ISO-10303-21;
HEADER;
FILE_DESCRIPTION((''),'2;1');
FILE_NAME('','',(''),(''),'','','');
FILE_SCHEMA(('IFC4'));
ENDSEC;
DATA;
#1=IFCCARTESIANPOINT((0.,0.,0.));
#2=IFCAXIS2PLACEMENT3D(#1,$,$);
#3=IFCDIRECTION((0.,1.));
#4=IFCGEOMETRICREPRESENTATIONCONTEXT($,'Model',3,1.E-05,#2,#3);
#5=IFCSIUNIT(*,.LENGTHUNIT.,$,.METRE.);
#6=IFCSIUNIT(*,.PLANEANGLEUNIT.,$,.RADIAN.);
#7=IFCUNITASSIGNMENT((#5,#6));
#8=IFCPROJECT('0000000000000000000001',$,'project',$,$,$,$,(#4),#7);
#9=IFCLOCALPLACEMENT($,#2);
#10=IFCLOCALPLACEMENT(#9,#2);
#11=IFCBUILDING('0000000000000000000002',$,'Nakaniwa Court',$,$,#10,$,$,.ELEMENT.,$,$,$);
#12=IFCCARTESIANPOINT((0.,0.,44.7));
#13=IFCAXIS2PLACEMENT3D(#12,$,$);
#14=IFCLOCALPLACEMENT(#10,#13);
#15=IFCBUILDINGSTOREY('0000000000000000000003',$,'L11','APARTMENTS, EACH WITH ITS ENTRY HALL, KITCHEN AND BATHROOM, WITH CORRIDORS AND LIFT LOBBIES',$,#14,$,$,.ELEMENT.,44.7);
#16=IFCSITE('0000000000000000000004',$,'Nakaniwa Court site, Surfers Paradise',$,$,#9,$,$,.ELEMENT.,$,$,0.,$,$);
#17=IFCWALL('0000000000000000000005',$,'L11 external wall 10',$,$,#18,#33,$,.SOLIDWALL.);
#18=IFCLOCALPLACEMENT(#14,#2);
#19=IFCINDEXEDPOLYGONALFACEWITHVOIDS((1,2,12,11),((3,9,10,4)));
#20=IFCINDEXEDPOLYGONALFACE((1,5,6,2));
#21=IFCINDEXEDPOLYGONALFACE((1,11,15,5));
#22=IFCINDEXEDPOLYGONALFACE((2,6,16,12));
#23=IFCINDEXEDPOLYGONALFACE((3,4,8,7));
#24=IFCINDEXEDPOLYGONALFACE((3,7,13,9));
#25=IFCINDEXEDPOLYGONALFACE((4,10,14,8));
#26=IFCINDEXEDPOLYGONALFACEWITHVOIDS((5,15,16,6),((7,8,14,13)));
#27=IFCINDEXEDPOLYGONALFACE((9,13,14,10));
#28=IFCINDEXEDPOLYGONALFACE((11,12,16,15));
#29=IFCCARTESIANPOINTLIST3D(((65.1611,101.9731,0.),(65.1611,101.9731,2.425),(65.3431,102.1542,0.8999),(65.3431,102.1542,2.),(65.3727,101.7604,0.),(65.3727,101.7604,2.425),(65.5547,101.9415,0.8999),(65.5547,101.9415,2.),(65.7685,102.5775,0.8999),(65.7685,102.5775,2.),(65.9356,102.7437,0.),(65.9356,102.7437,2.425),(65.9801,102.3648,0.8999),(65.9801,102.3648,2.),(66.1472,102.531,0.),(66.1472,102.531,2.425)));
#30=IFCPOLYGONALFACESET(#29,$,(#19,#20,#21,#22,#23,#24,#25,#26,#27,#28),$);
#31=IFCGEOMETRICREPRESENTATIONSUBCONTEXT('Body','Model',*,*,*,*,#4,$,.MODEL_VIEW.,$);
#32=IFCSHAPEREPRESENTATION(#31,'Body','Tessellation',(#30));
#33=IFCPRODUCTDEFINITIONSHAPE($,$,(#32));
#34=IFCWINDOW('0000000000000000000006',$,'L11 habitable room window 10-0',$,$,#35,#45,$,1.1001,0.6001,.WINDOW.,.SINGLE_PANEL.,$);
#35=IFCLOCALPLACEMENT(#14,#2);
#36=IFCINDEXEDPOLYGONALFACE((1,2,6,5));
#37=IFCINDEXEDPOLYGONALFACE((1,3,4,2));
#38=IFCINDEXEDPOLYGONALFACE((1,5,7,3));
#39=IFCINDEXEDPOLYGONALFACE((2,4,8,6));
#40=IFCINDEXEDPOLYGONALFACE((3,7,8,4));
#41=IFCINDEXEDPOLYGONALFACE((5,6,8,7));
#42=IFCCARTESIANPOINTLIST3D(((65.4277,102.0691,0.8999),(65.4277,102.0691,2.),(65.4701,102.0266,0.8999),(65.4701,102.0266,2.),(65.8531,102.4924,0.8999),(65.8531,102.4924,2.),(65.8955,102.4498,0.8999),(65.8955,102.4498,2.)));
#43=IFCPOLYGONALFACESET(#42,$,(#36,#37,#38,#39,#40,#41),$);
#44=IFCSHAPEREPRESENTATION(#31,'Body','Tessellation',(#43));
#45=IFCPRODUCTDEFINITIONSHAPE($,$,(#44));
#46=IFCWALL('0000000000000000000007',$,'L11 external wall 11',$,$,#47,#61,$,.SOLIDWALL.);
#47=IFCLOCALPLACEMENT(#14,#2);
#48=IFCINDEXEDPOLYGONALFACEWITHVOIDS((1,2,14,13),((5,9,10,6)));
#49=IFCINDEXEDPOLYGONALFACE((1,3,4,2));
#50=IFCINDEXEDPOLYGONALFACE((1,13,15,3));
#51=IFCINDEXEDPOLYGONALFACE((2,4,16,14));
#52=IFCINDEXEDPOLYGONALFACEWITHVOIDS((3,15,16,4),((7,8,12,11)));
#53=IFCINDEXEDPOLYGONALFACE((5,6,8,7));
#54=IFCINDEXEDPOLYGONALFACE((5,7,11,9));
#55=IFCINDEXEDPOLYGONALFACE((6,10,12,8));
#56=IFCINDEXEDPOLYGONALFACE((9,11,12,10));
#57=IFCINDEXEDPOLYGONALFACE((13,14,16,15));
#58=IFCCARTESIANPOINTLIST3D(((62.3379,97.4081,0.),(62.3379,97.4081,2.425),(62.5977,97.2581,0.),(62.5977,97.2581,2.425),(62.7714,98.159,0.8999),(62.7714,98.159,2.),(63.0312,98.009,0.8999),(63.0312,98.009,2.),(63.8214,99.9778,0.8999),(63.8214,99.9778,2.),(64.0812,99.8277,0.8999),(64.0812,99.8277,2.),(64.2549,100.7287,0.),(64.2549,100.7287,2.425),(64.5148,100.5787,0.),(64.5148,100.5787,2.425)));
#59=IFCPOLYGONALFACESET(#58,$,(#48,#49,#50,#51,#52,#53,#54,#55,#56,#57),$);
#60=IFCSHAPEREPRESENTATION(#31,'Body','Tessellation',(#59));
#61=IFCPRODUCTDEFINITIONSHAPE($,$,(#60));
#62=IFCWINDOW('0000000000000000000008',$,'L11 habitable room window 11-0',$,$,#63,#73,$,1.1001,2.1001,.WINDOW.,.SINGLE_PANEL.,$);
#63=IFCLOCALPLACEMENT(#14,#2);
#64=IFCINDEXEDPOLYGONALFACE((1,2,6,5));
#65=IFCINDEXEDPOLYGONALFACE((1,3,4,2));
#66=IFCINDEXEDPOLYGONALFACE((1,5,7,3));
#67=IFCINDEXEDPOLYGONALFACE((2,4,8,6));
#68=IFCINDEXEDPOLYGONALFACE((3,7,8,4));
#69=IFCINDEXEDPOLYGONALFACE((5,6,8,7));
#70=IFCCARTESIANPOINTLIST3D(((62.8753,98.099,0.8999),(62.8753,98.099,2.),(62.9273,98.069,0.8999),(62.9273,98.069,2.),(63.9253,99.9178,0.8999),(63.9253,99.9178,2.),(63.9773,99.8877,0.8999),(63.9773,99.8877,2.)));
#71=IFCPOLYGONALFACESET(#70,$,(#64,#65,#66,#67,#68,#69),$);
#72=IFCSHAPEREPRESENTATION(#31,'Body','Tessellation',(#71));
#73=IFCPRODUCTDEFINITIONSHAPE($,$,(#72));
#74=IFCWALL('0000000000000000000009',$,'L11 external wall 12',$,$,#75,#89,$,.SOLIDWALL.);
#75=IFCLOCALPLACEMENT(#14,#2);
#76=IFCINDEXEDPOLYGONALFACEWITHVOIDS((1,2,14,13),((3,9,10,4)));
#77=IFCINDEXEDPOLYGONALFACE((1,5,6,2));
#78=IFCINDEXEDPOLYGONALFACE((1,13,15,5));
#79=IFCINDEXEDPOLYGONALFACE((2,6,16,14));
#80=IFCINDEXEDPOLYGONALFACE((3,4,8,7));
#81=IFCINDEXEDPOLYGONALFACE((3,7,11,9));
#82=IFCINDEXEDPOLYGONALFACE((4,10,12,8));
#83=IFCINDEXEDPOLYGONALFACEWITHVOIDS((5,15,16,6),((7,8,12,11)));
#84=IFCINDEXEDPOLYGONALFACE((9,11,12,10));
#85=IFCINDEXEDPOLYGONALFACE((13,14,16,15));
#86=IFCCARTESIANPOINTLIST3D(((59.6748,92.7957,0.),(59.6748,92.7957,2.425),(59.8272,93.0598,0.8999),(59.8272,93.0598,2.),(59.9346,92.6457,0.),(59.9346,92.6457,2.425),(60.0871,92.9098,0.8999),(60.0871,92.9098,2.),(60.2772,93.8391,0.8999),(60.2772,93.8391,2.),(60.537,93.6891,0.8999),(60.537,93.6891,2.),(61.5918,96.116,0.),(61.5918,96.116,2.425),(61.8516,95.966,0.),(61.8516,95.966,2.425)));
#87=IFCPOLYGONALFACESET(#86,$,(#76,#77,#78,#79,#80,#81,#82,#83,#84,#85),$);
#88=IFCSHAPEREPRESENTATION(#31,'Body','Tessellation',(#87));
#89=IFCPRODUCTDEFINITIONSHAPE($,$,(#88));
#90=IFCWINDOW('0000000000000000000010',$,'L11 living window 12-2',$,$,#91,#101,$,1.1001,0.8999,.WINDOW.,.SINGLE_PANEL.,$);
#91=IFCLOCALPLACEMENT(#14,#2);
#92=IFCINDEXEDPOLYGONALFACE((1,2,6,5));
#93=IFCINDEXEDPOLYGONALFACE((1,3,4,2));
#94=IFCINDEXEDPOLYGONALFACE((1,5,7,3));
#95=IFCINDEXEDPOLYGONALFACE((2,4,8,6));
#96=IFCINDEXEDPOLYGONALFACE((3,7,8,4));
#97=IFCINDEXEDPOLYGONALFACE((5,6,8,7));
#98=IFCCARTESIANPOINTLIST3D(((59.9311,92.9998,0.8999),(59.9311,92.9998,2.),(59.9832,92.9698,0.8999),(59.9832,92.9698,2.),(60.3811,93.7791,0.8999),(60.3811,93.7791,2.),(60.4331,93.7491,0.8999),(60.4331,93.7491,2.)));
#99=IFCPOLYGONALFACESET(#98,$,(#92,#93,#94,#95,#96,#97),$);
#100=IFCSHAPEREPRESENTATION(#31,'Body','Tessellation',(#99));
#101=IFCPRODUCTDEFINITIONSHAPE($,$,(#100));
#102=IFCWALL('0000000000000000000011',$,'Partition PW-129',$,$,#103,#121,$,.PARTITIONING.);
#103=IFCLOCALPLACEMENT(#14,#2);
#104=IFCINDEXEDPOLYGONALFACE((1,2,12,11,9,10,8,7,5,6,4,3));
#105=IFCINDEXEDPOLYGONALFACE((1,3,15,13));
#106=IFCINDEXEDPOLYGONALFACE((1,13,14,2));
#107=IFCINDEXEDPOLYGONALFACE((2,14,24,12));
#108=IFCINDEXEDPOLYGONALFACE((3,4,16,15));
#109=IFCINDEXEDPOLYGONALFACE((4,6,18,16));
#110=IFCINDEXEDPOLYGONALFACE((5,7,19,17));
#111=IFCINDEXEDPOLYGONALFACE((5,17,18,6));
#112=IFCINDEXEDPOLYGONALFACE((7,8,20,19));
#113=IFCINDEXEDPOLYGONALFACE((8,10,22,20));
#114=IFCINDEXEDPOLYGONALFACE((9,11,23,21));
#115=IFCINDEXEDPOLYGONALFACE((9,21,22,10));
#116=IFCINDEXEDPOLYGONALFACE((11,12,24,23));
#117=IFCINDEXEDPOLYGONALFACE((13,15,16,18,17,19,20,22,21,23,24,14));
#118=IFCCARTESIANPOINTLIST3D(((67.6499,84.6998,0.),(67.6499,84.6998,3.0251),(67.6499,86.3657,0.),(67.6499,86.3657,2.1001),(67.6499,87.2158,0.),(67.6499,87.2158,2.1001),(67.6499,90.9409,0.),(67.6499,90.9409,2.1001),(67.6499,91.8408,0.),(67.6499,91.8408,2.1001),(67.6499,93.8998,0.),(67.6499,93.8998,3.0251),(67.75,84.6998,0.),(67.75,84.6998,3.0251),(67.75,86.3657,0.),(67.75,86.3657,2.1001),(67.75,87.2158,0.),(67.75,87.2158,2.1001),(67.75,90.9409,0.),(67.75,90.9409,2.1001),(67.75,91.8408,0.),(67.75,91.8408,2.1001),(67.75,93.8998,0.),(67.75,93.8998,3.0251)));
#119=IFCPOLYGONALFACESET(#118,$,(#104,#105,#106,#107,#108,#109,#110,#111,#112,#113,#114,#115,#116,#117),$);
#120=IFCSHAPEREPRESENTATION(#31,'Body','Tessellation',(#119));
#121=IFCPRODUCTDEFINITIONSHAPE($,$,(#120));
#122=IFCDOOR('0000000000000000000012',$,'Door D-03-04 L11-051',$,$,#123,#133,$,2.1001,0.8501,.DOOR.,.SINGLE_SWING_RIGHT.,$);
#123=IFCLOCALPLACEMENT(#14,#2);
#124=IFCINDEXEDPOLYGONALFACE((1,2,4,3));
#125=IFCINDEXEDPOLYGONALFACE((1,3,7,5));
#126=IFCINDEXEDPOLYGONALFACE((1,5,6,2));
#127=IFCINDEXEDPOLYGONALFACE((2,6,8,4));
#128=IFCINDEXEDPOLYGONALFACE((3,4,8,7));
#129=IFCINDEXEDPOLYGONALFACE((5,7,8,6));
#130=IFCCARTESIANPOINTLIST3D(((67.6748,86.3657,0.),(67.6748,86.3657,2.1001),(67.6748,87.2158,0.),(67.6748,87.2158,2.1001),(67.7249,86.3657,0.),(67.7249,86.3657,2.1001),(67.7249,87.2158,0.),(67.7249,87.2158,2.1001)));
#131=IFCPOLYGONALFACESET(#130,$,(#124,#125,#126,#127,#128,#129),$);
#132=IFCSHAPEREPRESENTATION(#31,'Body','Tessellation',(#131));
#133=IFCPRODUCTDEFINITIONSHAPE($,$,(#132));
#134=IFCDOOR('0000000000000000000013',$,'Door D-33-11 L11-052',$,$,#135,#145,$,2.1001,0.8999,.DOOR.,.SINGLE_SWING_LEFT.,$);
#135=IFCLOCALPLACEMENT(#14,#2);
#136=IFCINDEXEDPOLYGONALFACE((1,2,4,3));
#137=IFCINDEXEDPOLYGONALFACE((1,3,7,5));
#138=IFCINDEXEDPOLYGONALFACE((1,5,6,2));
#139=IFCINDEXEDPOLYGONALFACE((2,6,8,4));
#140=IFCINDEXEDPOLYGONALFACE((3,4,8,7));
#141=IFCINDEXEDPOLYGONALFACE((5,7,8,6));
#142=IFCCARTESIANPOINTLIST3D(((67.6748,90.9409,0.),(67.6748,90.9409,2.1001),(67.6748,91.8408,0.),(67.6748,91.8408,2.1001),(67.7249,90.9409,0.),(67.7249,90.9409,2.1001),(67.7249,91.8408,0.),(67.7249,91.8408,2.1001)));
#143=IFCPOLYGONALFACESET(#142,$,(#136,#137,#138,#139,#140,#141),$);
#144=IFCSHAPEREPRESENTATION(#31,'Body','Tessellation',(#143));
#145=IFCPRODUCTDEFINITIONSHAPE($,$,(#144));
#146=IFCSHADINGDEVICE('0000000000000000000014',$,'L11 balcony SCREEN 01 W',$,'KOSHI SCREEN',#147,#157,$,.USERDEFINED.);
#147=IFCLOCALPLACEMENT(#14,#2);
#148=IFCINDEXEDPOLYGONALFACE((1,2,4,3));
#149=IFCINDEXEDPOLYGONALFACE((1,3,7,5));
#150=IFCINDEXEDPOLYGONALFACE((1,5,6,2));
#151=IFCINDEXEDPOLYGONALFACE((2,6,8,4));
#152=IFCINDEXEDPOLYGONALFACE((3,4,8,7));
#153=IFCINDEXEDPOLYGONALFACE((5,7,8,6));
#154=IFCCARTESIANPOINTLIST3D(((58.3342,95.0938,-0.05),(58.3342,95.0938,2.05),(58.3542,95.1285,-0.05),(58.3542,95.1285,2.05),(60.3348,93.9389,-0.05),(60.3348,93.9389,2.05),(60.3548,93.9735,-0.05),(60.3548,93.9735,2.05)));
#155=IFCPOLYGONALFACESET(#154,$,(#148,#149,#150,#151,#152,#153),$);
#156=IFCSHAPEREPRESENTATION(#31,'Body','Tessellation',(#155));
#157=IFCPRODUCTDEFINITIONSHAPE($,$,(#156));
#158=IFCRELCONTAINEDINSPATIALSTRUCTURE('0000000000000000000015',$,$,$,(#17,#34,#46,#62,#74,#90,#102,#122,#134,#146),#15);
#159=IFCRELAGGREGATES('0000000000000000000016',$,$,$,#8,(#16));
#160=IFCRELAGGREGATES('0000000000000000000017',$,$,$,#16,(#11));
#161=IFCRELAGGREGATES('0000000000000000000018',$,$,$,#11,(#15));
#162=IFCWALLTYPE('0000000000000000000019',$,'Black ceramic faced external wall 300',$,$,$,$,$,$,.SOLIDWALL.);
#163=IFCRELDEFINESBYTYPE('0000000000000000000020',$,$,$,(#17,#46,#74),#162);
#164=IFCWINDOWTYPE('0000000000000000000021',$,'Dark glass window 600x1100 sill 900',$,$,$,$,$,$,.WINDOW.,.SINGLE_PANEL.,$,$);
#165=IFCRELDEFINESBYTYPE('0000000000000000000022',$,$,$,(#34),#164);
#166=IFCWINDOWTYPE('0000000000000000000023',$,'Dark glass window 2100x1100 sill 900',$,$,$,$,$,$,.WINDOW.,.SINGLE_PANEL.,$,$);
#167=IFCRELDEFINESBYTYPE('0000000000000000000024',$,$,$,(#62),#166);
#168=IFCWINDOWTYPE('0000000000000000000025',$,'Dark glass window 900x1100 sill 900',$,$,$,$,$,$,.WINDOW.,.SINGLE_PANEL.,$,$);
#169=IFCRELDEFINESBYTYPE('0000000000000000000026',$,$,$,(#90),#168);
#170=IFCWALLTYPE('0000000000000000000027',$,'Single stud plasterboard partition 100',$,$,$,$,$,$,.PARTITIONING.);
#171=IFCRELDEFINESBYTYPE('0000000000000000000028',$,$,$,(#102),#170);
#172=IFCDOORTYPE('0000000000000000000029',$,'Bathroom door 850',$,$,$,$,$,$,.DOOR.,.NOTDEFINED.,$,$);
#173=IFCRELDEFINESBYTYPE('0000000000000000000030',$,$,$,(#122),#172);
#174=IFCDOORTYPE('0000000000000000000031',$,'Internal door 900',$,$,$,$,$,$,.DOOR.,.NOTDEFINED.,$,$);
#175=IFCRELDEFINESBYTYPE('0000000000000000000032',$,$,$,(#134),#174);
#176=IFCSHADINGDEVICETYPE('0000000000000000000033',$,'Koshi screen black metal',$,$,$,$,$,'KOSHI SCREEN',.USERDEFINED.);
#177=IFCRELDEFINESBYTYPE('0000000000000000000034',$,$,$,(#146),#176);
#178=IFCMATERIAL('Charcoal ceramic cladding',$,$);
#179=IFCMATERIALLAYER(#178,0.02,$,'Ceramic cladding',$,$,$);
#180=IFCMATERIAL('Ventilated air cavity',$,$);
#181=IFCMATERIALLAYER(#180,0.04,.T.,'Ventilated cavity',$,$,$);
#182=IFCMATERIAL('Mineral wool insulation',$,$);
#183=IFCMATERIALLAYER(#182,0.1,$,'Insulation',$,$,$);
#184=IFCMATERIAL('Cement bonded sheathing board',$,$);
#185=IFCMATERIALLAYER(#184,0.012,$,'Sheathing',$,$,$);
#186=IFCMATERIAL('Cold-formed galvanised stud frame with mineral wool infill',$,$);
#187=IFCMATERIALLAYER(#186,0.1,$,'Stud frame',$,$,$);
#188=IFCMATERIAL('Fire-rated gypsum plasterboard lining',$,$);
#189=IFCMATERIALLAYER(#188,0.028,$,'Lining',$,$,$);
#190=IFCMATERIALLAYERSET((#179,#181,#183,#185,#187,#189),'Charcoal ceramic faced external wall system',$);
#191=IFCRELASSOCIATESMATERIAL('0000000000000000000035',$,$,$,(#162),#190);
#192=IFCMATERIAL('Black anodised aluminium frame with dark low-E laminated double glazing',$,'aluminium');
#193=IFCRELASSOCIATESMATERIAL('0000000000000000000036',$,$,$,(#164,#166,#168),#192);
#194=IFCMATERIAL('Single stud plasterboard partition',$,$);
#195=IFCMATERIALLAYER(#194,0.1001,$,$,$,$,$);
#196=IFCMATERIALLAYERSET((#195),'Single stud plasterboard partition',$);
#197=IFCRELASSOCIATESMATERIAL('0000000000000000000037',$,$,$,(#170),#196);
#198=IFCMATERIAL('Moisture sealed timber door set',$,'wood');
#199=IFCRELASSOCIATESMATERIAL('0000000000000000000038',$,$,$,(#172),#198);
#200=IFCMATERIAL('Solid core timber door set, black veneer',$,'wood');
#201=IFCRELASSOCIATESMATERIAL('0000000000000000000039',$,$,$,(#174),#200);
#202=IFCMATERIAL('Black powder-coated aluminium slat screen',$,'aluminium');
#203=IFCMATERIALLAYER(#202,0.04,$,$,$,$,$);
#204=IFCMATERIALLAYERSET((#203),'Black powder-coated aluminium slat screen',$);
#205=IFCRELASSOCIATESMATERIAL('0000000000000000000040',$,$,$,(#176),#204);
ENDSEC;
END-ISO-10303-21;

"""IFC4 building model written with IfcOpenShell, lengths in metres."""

from ifc_helpers import new_model, si_unit, direction, frame, frame_2d, origin, origin_2d, place, context, subcontext, project, spatial, rectangle, extrude, material, layer, layer_set, type_object, element, fill, save


model = new_model("IFC4")

# Units and contexts
model_context = context("Model", 3, precision=1e-05, world=origin(), true_north=direction((0.0, 1.0)))
body_context = subcontext(model_context, "Body", "Model", "MODEL_VIEW")
ifc_project = project(units=[si_unit("LENGTHUNIT", "METRE"), si_unit("PLANEANGLEUNIT", "RADIAN")], contexts=[model_context])

# Site, building, storey
site_placement = place(None, origin())
site = spatial("IfcSite", under=ifc_project, at=site_placement, Name="Nakaniwa Court site, Surfers Paradise", CompositionType="ELEMENT", RefElevation=0.0)
building_placement = place(site_placement, origin())
building = spatial("IfcBuilding", under=site, at=building_placement, Name="Nakaniwa Court", CompositionType="ELEMENT")
storey_placement = place(building_placement, frame((0.0, 0.0, 44.7)))
storey = spatial("IfcBuildingStorey", under=building, at=storey_placement, Name="L11", Description="APARTMENTS, EACH WITH ITS ENTRY HALL, KITCHEN AND BATHROOM, WITH CORRIDORS AND LIFT LOBBIES", CompositionType="ELEMENT", Elevation=44.7)

# Walls, openings, windows
ifc_material_1 = material(Name="Charcoal ceramic cladding")
ifc_layer_1 = layer(ifc_material_1, 0.02, Name="Ceramic cladding")
ifc_material_2 = material(Name="Ventilated air cavity")
ifc_layer_2 = layer(ifc_material_2, 0.04, ventilated=True, Name="Ventilated cavity")
ifc_material_3 = material(Name="Mineral wool insulation")
ifc_layer_3 = layer(ifc_material_3, 0.1, Name="Insulation")
ifc_material_4 = material(Name="Cement bonded sheathing board")
ifc_layer_4 = layer(ifc_material_4, 0.012, Name="Sheathing")
ifc_material_5 = material(Name="Cold-formed galvanised stud frame with mineral wool infill")
ifc_layer_5 = layer(ifc_material_5, 0.1, Name="Stud frame")
ifc_material_6 = material(Name="Fire-rated gypsum plasterboard lining")
ifc_layer_6 = layer(ifc_material_6, 0.028, Name="Lining")
ifc_layer_set_1 = layer_set([ifc_layer_1, ifc_layer_2, ifc_layer_3, ifc_layer_4, ifc_layer_5, ifc_layer_6], Name="Charcoal ceramic faced external wall system")
wall_type_1 = type_object("IfcWallType", Name="Black ceramic faced external wall 300", PredefinedType="SOLIDWALL", material=ifc_layer_set_1)
ifc_material_7 = material(Name="Black anodised aluminium frame with dark low-E laminated double glazing", Category="aluminium")
window_type_1 = type_object("IfcWindowType", Name="Dark glass window 600x1100 sill 900", PartitioningType="SINGLE_PANEL", PredefinedType="WINDOW", material=ifc_material_7)
wall_1_placement = place(storey_placement, frame((66.0415, 102.6375, 0.0), z_axis=(0.0, 0.0, 1.0), x_axis=(-0.708892, -0.705317, 0.0)))
wall_1 = element("IfcWall", 1, at=wall_1_placement, inside=storey, type_object=wall_type_1, Name="L11 external wall 10", PredefinedType="SOLIDWALL", context=body_context, shape_type="SweptSolid", body=[
    extrude(rectangle(XDim=1.0925, YDim=0.3, at=frame_2d((0.5464, 0.0))), origin(), (0.0, 0.0, 1.0), 2.425),
])
opening_1_placement = place(wall_1_placement, frame((0.2358, 0.0, 0.8999)))
opening_1 = element("IfcOpeningElement", 2, at=opening_1_placement, cuts=wall_1, PredefinedType="OPENING", context=body_context, shape_type="SweptSolid", body=[
    extrude(rectangle(XDim=0.6001, YDim=1.1001, at=frame_2d((0.3, 0.55))), frame((0.0, 0.1599, 0.0), z_axis=(0.0, -1.0, 0.0), x_axis=(1.0, 0.0, 0.0)), (0.0, 0.0, 1.0), 0.3201),
])
window_1_placement = place(opening_1_placement, origin())
window_1 = element("IfcWindow", 3, at=window_1_placement, inside=storey, type_object=window_type_1, Name="L11 habitable room window 10-0", OverallHeight=1.1001, OverallWidth=0.6001, PartitioningType="SINGLE_PANEL", PredefinedType="WINDOW", context=body_context, shape_type="SweptSolid", body=[
    extrude(rectangle(XDim=0.6001, YDim=1.1001, at=frame_2d((0.3, 0.55))), frame((0.0, 0.03, 0.0), z_axis=(0.0, -1.0, 0.0), x_axis=(1.0, 0.0, 0.0)), (0.0, 0.0, 1.0), 0.0601),
])
fill(opening_1, window_1)
wall_2_placement = place(storey_placement, frame((64.3848, 100.6536, 0.0), z_axis=(0.0, 0.0, 1.0), x_axis=(-0.499974, -0.86604, 0.0)))
wall_2 = element("IfcWall", 4, at=wall_2_placement, inside=storey, type_object=wall_type_1, Name="L11 external wall 11", PredefinedType="SOLIDWALL", context=body_context, shape_type="SweptSolid", body=[
    extrude(rectangle(XDim=3.8342, YDim=0.3, at=frame_2d((1.917, 0.0))), origin(), (0.0, 0.0, 1.0), 2.425),
])
opening_2_placement = place(wall_2_placement, frame((0.8669, 0.0, 0.8999)))
opening_2 = element("IfcOpeningElement", 5, at=opening_2_placement, cuts=wall_2, PredefinedType="OPENING", context=body_context, shape_type="SweptSolid", body=[
    extrude(rectangle(XDim=2.1001, YDim=1.1001, at=frame_2d((1.05, 0.55))), frame((0.0, 0.1599, 0.0), z_axis=(0.0, -1.0, 0.0), x_axis=(1.0, 0.0, 0.0)), (0.0, 0.0, 1.0), 0.3201),
])
window_type_2 = type_object("IfcWindowType", Name="Dark glass window 2100x1100 sill 900", PartitioningType="SINGLE_PANEL", PredefinedType="WINDOW", material=ifc_material_7)
window_2_placement = place(opening_2_placement, origin())
window_2 = element("IfcWindow", 6, at=window_2_placement, inside=storey, type_object=window_type_2, Name="L11 habitable room window 11-0", OverallHeight=1.1001, OverallWidth=2.1001, PartitioningType="SINGLE_PANEL", PredefinedType="WINDOW", context=body_context, shape_type="SweptSolid", body=[
    extrude(rectangle(XDim=2.1001, YDim=1.1001, at=frame_2d((1.05, 0.55))), frame((0.0, 0.03, 0.0), z_axis=(0.0, -1.0, 0.0), x_axis=(1.0, 0.0, 0.0)), (0.0, 0.0, 1.0), 0.0601),
])
fill(opening_2, window_2)
wall_3_placement = place(storey_placement, frame((61.7217, 96.041, 0.0), z_axis=(0.0, 0.0, 1.0), x_axis=(-0.500002, -0.866024, 0.0)))
wall_3 = element("IfcWall", 7, at=wall_3_placement, inside=storey, type_object=wall_type_1, Name="L11 external wall 12", PredefinedType="SOLIDWALL", context=body_context, shape_type="SweptSolid", body=[
    extrude(rectangle(XDim=3.834, YDim=0.3, at=frame_2d((1.917, 0.0))), origin(), (0.0, 0.0, 1.0), 2.425),
])
opening_3_placement = place(wall_3_placement, frame((2.6292, 0.0, 0.8999)))
opening_3 = element("IfcOpeningElement", 8, at=opening_3_placement, cuts=wall_3, PredefinedType="OPENING", context=body_context, shape_type="SweptSolid", body=[
    extrude(rectangle(XDim=0.8999, YDim=1.1001, at=frame_2d((0.45, 0.55))), frame((0.0, 0.1599, 0.0), z_axis=(0.0, -1.0, 0.0), x_axis=(1.0, 0.0, 0.0)), (0.0, 0.0, 1.0), 0.3201),
])
window_type_3 = type_object("IfcWindowType", Name="Dark glass window 900x1100 sill 900", PartitioningType="SINGLE_PANEL", PredefinedType="WINDOW", material=ifc_material_7)
window_3_placement = place(opening_3_placement, origin())
window_3 = element("IfcWindow", 9, at=window_3_placement, inside=storey, type_object=window_type_3, Name="L11 living window 12-2", OverallHeight=1.1001, OverallWidth=0.8999, PartitioningType="SINGLE_PANEL", PredefinedType="WINDOW", context=body_context, shape_type="SweptSolid", body=[
    extrude(rectangle(XDim=0.8999, YDim=1.1001, at=frame_2d((0.45, 0.55))), frame((0.0, 0.03, 0.0), z_axis=(0.0, -1.0, 0.0), x_axis=(1.0, 0.0, 0.0)), (0.0, 0.0, 1.0), 0.0601),
])
fill(opening_3, window_3)

# Wall, openings, doors
ifc_material_8 = material(Name="Single stud plasterboard partition")
ifc_layer_7 = layer(ifc_material_8, 0.1001)
ifc_layer_set_2 = layer_set([ifc_layer_7], Name="Single stud plasterboard partition")
wall_type_2 = type_object("IfcWallType", Name="Single stud plasterboard partition 100", PredefinedType="PARTITIONING", material=ifc_layer_set_2)
wall_4_placement = place(storey_placement, frame((67.7, 93.8999, 0.0), z_axis=(0.0, 0.0, 1.0), x_axis=(0.0, -1.0, 0.0)))
wall_4 = element("IfcWall", 10, at=wall_4_placement, inside=storey, type_object=wall_type_2, Name="Partition PW-129", PredefinedType="PARTITIONING", context=body_context, shape_type="SweptSolid", body=[
    extrude(rectangle(XDim=9.2, YDim=0.1001, at=frame_2d((4.6001, 0.0))), origin(), (0.0, 0.0, 1.0), 3.0251),
])
opening_4_placement = place(wall_4_placement, frame((6.6841, 0.0, 0.0)))
opening_4 = element("IfcOpeningElement", 11, at=opening_4_placement, cuts=wall_4, PredefinedType="OPENING", context=body_context, shape_type="SweptSolid", body=[
    extrude(rectangle(XDim=0.8501, YDim=2.1001, at=frame_2d((0.425, 1.05))), frame((0.0, 0.0601, 0.0), z_axis=(0.0, -1.0, 0.0), x_axis=(1.0, 0.0, 0.0)), (0.0, 0.0, 1.0), 0.1201),
])
opening_5_placement = place(wall_4_placement, frame((2.0591, 0.0, 0.0)))
opening_5 = element("IfcOpeningElement", 12, at=opening_5_placement, cuts=wall_4, PredefinedType="OPENING", context=body_context, shape_type="SweptSolid", body=[
    extrude(rectangle(XDim=0.8999, YDim=2.1001, at=frame_2d((0.45, 1.05))), frame((0.0, 0.0601, 0.0), z_axis=(0.0, -1.0, 0.0), x_axis=(1.0, 0.0, 0.0)), (0.0, 0.0, 1.0), 0.1201),
])
ifc_material_9 = material(Name="Moisture sealed timber door set", Category="wood")
door_type_1 = type_object("IfcDoorType", Name="Bathroom door 850", OperationType="NOTDEFINED", PredefinedType="DOOR", material=ifc_material_9)
door_1_placement = place(opening_4_placement, origin())
door_1 = element("IfcDoor", 13, at=door_1_placement, inside=storey, type_object=door_type_1, Name="Door D-03-04 L11-051", OperationType="SINGLE_SWING_RIGHT", OverallHeight=2.1001, OverallWidth=0.8501, PredefinedType="DOOR", context=body_context, shape_type="SweptSolid", body=[
    extrude(rectangle(XDim=0.8501, YDim=2.1001, at=frame_2d((0.425, 1.05))), frame((0.0, 0.0249, 0.0), z_axis=(0.0, -1.0, 0.0), x_axis=(1.0, 0.0, 0.0)), (0.0, 0.0, 1.0), 0.05),
])
fill(opening_4, door_1)
ifc_material_10 = material(Name="Solid core timber door set, black veneer", Category="wood")
door_type_2 = type_object("IfcDoorType", Name="Internal door 900", OperationType="NOTDEFINED", PredefinedType="DOOR", material=ifc_material_10)
door_2_placement = place(opening_5_placement, origin())
door_2 = element("IfcDoor", 14, at=door_2_placement, inside=storey, type_object=door_type_2, Name="Door D-33-11 L11-052", OperationType="SINGLE_SWING_LEFT", OverallHeight=2.1001, OverallWidth=0.8999, PredefinedType="DOOR", context=body_context, shape_type="SweptSolid", body=[
    extrude(rectangle(XDim=0.8999, YDim=2.1001, at=frame_2d((0.45, 1.05))), frame((0.0, 0.0249, 0.0), z_axis=(0.0, -1.0, 0.0), x_axis=(1.0, 0.0, 0.0)), (0.0, 0.0, 1.0), 0.05),
])
fill(opening_5, door_2)

# Shading device
ifc_material_11 = material(Name="Black powder-coated aluminium slat screen", Category="aluminium")
ifc_layer_8 = layer(ifc_material_11, 0.04)
ifc_layer_set_3 = layer_set([ifc_layer_8], Name="Black powder-coated aluminium slat screen")
shading_device_type_1 = type_object("IfcShadingDeviceType", Name="Koshi screen black metal", ElementType="KOSHI SCREEN", PredefinedType="USERDEFINED", material=ifc_layer_set_3)
shading_device_placement = place(storey_placement, frame((59.3445, 94.5337, -0.05), z_axis=(0.0, 0.0, 1.0), x_axis=(-0.499974, -0.86604, 0.0)))
element("IfcShadingDevice", 15, at=shading_device_placement, inside=storey, type_object=shading_device_type_1, Name="L11 balcony SCREEN 01 W", ObjectType="KOSHI SCREEN", PredefinedType="USERDEFINED", context=body_context, shape_type="SweptSolid", body=[
    extrude(rectangle(XDim=0.04, YDim=2.3101, at=origin_2d()), origin(), (0.0, 0.0, 1.0), 2.1001),
])

save(model, "model.ifc")
